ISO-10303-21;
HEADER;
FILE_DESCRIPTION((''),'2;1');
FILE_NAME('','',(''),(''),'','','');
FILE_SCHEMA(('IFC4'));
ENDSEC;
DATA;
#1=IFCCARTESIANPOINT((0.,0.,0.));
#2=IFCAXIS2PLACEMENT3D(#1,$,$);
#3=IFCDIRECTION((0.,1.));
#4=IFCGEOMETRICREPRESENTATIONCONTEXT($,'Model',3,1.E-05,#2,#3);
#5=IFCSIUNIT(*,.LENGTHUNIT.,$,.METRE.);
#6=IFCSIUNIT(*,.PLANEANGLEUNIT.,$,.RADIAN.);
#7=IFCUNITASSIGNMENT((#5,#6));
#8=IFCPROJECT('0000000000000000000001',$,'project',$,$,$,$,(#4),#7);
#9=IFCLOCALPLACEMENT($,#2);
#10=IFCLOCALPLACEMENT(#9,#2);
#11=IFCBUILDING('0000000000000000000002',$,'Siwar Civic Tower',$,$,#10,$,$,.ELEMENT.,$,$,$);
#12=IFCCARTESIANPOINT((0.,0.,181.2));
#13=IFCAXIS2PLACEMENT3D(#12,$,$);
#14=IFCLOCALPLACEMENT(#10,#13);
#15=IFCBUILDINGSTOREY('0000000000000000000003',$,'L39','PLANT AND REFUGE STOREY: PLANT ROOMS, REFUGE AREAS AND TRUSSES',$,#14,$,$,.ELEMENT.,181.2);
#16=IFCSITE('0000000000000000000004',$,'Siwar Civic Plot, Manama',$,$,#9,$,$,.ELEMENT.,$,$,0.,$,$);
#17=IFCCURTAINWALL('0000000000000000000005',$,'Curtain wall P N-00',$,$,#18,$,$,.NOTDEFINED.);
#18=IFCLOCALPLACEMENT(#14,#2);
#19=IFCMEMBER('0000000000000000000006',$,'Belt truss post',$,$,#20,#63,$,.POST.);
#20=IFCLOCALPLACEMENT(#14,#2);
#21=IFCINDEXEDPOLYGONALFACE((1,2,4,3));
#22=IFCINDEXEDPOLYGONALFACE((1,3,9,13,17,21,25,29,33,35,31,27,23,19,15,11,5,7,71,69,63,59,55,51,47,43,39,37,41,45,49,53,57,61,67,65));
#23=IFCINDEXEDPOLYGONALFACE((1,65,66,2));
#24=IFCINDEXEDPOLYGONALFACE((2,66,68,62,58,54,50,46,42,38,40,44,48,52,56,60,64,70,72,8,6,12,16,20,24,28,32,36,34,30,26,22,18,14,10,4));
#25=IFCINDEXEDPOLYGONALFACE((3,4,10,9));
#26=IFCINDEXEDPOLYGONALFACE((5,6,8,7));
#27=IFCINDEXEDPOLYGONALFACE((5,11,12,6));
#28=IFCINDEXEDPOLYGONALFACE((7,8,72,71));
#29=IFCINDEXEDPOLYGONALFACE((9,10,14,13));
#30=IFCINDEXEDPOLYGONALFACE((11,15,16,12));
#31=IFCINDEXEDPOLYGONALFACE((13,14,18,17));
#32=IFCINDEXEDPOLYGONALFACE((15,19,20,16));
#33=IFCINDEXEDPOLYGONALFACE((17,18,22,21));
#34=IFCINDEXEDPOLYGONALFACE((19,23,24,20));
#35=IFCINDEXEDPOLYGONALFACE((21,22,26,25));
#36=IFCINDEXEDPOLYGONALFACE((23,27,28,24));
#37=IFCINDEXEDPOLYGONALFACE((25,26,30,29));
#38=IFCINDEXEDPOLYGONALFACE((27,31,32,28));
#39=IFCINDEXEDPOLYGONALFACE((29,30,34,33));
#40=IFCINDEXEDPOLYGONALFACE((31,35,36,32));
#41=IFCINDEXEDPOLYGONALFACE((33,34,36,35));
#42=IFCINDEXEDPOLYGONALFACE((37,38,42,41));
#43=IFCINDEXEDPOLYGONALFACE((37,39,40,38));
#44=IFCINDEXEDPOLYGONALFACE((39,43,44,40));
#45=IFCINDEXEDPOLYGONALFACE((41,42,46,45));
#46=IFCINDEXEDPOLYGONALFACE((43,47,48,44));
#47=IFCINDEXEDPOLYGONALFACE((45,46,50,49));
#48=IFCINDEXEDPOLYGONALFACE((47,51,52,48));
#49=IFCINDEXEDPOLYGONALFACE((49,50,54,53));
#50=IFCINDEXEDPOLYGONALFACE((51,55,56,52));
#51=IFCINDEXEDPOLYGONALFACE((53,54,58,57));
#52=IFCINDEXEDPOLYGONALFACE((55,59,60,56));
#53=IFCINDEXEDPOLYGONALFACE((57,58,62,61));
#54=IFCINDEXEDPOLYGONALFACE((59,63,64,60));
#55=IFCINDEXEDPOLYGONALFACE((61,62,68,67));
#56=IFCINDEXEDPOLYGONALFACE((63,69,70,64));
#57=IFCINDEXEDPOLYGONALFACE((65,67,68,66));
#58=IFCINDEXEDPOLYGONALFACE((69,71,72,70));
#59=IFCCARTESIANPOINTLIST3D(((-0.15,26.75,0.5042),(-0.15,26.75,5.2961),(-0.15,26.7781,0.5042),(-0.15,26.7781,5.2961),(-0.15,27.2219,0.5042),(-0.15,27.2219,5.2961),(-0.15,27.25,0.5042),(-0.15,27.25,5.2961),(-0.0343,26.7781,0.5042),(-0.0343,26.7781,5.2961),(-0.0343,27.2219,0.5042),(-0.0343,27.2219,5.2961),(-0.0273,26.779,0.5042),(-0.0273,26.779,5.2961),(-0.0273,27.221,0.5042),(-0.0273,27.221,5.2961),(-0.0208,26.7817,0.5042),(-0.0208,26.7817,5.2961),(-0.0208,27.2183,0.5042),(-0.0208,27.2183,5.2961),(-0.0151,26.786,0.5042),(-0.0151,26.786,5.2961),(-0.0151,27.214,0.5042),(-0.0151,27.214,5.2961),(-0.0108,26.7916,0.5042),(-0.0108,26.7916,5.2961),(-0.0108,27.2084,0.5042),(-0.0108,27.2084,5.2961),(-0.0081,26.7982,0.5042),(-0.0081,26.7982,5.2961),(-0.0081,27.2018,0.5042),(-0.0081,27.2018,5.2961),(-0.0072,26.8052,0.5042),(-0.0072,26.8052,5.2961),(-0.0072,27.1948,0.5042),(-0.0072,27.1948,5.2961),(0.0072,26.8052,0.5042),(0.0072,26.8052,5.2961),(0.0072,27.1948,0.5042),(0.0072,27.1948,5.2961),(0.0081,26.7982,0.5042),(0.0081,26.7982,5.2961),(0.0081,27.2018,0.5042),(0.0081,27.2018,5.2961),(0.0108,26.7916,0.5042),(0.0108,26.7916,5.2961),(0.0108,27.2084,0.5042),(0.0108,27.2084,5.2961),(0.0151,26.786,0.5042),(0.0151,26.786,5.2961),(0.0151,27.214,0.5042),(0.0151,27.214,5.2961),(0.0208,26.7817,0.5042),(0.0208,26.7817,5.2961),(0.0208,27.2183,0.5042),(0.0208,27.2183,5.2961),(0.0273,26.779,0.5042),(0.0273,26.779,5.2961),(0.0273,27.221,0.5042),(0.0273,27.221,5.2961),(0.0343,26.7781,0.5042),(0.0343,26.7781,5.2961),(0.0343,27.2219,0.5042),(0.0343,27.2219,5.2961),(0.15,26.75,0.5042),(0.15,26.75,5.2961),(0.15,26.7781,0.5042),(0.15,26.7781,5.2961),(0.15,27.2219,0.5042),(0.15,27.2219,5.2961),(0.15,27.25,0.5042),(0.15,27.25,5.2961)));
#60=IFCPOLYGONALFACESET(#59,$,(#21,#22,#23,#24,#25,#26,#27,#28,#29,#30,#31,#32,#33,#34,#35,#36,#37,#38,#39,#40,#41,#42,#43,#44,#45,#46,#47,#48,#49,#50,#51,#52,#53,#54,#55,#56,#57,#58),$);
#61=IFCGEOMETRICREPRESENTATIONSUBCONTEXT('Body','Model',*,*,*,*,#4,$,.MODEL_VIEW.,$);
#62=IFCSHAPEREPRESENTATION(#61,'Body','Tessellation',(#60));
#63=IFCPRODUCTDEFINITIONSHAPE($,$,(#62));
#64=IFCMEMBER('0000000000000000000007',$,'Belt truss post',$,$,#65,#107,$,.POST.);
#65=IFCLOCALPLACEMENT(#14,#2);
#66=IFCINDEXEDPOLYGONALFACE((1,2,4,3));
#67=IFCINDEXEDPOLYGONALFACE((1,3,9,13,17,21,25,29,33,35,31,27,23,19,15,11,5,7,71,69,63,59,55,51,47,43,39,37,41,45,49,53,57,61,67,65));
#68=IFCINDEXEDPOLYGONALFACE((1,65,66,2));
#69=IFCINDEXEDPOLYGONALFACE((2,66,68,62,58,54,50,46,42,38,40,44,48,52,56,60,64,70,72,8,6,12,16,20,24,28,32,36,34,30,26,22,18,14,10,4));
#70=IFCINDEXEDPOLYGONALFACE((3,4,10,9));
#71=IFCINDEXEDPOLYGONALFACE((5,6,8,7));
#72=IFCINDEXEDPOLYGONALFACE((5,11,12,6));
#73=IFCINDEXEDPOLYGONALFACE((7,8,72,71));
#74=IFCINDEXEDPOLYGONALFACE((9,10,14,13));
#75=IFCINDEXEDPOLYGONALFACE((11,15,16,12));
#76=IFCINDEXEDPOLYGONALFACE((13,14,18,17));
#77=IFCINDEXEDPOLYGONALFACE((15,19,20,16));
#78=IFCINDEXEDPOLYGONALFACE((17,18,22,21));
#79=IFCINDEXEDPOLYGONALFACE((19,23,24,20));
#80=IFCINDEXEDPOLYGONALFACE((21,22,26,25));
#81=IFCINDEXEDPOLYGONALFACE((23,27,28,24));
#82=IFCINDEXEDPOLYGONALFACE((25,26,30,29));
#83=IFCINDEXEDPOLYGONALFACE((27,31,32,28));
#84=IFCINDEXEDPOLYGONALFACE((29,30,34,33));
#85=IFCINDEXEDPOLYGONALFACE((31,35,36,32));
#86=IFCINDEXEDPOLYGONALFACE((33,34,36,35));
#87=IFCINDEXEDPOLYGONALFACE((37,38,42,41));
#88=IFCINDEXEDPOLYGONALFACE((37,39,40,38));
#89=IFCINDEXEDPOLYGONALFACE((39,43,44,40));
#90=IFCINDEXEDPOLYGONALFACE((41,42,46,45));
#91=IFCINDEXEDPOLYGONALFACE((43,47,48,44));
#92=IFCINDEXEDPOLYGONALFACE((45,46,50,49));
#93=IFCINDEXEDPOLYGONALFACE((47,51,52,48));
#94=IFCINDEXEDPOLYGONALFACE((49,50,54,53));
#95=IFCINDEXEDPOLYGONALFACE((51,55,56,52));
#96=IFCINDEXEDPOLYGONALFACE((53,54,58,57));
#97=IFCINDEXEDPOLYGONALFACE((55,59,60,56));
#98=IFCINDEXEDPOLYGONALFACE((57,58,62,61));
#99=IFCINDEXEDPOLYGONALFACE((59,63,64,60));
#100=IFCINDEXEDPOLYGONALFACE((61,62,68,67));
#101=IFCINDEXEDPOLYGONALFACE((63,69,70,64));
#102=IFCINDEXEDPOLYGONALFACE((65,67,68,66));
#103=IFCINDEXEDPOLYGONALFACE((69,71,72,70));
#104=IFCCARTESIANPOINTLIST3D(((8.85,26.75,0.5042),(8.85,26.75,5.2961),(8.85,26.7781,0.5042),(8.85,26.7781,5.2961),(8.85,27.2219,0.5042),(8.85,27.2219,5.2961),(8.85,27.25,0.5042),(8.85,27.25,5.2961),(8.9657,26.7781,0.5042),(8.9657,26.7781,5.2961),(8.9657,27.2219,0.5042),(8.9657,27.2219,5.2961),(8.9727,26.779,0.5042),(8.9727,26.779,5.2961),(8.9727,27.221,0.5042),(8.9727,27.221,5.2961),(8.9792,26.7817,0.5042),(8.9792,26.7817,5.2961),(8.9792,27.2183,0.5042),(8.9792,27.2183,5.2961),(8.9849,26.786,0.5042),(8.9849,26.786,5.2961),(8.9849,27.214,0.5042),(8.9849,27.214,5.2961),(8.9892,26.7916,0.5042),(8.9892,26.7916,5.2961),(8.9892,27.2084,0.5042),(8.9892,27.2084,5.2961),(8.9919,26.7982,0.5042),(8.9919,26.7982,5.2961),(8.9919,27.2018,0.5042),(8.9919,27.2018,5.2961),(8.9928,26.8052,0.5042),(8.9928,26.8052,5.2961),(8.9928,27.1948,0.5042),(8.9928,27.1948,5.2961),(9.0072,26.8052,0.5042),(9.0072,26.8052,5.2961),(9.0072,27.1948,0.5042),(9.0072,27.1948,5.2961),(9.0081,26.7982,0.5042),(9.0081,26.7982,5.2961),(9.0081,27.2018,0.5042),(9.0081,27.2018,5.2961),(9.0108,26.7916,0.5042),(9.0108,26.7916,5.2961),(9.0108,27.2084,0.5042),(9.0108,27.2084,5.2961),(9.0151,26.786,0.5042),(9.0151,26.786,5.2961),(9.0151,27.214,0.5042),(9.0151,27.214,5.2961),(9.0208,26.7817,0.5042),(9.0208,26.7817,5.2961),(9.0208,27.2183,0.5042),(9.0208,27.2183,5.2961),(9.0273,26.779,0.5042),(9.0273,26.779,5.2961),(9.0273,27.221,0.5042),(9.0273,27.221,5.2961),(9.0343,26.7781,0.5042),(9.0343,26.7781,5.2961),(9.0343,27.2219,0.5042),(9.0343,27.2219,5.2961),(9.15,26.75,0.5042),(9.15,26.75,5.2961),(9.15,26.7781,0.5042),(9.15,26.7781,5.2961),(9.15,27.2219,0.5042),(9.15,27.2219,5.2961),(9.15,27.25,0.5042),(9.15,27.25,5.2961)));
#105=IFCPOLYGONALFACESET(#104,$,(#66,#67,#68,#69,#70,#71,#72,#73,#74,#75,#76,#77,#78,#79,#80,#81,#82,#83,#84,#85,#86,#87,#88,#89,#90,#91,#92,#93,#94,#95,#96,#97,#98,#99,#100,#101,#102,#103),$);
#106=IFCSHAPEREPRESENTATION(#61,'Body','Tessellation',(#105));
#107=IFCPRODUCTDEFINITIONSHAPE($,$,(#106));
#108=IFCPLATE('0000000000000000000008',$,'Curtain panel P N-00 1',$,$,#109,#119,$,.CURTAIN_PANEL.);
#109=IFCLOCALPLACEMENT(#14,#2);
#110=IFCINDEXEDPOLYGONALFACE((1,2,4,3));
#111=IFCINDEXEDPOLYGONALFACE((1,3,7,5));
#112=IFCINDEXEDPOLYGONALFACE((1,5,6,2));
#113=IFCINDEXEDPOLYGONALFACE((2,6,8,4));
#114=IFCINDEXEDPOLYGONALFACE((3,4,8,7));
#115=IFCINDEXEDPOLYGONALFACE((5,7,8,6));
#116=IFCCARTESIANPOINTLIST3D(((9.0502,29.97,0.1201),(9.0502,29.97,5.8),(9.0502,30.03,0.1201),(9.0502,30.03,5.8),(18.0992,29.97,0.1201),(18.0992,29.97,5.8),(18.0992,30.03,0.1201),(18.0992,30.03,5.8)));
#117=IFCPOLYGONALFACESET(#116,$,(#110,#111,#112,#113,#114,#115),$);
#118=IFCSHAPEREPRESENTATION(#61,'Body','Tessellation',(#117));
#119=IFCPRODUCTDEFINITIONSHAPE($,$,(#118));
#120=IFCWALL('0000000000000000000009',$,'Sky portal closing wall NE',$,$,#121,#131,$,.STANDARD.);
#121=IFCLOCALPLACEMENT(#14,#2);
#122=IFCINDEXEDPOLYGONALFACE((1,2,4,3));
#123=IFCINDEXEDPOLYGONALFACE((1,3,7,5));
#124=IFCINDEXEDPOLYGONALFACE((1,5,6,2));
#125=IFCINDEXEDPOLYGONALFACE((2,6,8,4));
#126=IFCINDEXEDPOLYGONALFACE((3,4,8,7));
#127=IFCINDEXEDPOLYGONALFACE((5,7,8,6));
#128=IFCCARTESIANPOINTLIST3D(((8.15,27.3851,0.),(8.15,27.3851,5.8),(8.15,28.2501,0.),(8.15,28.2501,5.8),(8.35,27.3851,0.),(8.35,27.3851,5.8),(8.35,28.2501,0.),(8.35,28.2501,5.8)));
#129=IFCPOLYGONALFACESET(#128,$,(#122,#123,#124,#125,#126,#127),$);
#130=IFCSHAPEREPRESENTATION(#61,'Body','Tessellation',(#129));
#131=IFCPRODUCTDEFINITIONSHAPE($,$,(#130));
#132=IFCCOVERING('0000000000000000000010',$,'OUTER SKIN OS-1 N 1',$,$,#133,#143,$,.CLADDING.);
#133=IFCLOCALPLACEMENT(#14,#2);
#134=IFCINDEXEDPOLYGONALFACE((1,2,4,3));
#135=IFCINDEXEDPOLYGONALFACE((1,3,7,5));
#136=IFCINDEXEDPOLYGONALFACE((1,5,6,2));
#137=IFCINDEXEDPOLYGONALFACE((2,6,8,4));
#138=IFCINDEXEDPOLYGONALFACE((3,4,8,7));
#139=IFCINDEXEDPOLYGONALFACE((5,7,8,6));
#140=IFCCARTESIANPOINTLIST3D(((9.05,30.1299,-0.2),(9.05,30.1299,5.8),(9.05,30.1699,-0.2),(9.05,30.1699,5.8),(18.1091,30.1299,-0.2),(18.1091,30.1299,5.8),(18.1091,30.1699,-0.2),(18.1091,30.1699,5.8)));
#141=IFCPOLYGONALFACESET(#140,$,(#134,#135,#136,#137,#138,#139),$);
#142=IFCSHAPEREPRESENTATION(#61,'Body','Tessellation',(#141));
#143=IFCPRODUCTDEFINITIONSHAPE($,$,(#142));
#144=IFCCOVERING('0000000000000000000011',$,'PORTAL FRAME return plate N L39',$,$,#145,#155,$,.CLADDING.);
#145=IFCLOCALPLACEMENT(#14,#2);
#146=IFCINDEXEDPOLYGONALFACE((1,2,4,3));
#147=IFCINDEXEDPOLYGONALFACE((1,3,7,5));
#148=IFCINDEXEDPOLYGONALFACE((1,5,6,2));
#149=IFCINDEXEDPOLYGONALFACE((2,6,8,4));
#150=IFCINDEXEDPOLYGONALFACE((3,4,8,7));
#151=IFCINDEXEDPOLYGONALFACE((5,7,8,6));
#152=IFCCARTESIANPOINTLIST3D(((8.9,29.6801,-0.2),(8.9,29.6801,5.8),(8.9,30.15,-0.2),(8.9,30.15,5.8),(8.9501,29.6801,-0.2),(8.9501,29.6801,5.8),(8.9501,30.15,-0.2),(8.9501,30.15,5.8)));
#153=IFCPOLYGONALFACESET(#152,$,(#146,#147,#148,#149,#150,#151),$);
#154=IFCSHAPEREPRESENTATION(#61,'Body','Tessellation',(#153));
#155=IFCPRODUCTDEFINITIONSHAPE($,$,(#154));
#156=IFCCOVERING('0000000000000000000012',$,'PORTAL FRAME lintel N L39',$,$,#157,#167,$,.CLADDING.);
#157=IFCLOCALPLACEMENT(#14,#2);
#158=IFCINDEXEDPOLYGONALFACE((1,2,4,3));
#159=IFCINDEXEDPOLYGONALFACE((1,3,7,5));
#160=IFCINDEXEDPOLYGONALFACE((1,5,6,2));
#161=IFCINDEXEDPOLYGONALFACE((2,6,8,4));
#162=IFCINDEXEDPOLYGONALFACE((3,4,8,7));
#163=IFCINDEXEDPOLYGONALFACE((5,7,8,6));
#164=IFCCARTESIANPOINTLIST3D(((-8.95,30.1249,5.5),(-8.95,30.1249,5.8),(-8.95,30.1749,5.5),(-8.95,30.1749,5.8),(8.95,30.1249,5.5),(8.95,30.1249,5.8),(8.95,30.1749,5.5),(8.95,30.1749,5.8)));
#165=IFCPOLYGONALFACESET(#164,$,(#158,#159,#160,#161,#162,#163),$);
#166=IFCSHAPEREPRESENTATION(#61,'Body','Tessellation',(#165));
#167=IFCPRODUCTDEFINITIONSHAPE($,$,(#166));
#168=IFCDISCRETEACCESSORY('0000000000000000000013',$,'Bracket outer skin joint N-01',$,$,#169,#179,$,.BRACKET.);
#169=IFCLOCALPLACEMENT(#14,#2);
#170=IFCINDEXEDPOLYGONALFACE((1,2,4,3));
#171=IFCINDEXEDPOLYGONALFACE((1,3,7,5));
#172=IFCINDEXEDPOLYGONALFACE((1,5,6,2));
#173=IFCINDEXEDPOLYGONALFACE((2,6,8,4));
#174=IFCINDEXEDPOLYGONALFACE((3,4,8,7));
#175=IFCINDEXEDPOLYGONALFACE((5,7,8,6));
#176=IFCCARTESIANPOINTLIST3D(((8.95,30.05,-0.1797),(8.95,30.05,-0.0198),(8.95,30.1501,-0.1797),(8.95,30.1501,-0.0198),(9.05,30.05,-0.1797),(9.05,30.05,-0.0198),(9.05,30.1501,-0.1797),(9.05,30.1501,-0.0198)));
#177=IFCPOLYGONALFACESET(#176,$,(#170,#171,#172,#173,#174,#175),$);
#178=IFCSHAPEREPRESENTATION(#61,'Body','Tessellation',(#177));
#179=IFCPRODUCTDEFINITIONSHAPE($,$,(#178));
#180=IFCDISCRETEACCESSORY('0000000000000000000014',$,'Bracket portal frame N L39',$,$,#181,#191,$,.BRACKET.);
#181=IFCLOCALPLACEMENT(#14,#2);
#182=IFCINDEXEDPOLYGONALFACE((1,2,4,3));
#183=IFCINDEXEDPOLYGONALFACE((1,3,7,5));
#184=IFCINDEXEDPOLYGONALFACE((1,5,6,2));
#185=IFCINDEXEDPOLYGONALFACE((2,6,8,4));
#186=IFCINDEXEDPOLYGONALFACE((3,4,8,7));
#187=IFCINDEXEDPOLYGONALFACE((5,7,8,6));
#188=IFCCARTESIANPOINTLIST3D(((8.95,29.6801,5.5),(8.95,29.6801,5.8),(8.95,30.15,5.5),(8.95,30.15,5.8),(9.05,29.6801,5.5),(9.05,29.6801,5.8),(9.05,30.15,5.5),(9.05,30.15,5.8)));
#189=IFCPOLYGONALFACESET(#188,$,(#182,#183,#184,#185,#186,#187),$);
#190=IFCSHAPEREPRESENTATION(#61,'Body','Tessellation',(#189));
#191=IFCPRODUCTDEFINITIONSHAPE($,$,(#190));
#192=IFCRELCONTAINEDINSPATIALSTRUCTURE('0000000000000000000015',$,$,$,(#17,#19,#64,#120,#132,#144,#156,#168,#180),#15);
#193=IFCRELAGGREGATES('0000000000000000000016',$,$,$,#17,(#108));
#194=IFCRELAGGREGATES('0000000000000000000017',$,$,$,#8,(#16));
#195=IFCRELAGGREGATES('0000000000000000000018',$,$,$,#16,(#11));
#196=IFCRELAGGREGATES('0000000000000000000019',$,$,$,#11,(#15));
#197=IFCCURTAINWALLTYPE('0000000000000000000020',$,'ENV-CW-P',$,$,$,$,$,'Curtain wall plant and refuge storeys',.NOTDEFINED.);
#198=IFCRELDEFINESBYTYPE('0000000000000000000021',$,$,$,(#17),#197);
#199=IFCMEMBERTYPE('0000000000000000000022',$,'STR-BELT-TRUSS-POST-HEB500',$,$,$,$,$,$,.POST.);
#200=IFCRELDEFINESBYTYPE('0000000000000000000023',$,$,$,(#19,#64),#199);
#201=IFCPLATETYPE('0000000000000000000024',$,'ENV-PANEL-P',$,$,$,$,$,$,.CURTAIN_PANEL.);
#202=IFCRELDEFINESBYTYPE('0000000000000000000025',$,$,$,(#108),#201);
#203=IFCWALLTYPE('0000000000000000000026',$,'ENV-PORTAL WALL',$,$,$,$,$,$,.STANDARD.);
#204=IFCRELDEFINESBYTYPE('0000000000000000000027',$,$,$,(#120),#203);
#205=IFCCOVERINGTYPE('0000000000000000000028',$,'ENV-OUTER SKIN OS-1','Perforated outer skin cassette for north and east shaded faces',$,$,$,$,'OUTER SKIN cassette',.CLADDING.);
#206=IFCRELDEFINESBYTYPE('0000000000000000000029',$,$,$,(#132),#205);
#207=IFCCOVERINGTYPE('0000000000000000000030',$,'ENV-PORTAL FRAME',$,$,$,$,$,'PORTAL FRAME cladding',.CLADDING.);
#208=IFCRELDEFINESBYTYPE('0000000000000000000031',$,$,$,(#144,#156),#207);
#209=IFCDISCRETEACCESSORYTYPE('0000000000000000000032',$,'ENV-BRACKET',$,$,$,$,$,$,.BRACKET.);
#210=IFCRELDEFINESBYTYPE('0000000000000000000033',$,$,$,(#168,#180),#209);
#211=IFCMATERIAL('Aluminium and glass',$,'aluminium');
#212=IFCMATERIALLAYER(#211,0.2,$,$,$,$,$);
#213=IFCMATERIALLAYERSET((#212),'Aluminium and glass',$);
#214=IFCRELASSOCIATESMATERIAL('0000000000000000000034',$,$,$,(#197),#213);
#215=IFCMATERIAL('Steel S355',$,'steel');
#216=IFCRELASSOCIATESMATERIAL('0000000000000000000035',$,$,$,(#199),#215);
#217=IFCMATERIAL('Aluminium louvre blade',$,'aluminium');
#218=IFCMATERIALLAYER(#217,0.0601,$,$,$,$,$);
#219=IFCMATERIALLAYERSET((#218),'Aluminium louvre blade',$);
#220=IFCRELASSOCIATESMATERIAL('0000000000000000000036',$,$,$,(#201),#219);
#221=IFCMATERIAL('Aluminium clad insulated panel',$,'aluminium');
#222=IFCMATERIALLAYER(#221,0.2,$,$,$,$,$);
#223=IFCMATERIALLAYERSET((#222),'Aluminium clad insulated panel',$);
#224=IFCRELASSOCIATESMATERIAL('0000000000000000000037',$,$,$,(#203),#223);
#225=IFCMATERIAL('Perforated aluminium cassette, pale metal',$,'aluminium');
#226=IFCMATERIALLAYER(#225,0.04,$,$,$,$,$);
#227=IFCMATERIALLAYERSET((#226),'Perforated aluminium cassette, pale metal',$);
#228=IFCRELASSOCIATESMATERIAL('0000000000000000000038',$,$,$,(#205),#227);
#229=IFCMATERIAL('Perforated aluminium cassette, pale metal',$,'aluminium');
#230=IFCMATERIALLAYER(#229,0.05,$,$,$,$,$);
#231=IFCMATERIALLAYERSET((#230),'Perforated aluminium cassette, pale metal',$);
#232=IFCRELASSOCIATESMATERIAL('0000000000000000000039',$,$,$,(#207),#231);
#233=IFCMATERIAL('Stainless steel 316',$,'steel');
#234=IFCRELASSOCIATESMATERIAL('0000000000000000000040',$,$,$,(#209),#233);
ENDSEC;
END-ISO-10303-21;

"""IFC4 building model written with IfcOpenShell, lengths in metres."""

from ifc_helpers import new_model, si_unit, direction, frame, frame_2d, origin, origin_2d, place, context, subcontext, project, spatial, rectangle, i_section, extrude, material, layer, layer_set, material_profile, profile_set, type_object, element, aggregate, save


model = new_model("IFC4")

# Units and contexts
model_context = context("Model", 3, precision=1e-05, world=origin(), true_north=direction((0.0, 1.0)))
body_context = subcontext(model_context, "Body", "Model", "MODEL_VIEW")
ifc_project = project(units=[si_unit("LENGTHUNIT", "METRE"), si_unit("PLANEANGLEUNIT", "RADIAN")], contexts=[model_context])

# Site, building, storey
site_placement = place(None, origin())
site = spatial("IfcSite", under=ifc_project, at=site_placement, Name="Siwar Civic Plot, Manama", CompositionType="ELEMENT", RefElevation=0.0)
building_placement = place(site_placement, origin())
building = spatial("IfcBuilding", under=site, at=building_placement, Name="Siwar Civic Tower", CompositionType="ELEMENT")
storey_placement = place(building_placement, frame((0.0, 0.0, 181.2)))
storey = spatial("IfcBuildingStorey", under=building, at=storey_placement, Name="L39", Description="PLANT AND REFUGE STOREY: PLANT ROOMS, REFUGE AREAS AND TRUSSES", CompositionType="ELEMENT", Elevation=181.2)

# Curtain wall
ifc_material_1 = material(Name="Aluminium and glass", Category="aluminium")
ifc_layer_1 = layer(ifc_material_1, 0.2)
ifc_layer_set_1 = layer_set([ifc_layer_1], Name="Aluminium and glass")
curtain_wall_type = type_object("IfcCurtainWallType", Name="ENV-CW-P", ElementType="Curtain wall plant and refuge storeys", PredefinedType="NOTDEFINED", material=ifc_layer_set_1)
curtain_wall_placement = place(storey_placement, origin())
curtain_wall = element("IfcCurtainWall", 1, at=curtain_wall_placement, inside=storey, type_object=curtain_wall_type, Name="Curtain wall P N-00", PredefinedType="NOTDEFINED")

# Members
ifc_material_2 = material(Name="Steel S355", Category="steel")
ifc_material_profile_1 = material_profile(ifc_material_2, i_section(OverallWidth=0.3, OverallDepth=0.5, WebThickness=0.0144, FlangeThickness=0.0281, FilletRadius=0.0271, at=origin_2d()), Name="HEB500")
ifc_profile_set_1 = profile_set([ifc_material_profile_1], Name="Steel S355")
member_type_1 = type_object("IfcMemberType", Name="STR-BELT-TRUSS-POST-HEB500", PredefinedType="POST", material=ifc_profile_set_1)
for number, where, z_axis, x_axis, name in (
    (2, (0.0, 27.0, 0.5042), (0.0, 0.0, 1.0), (1.0, 0.0, 0.0), "Belt truss post"),
    (3, (9.0, 27.0, 0.5042), (0.0, 0.0, 1.0), (1.0, 0.0, 0.0), "Belt truss post"),
):
    element("IfcMember", number, at=place(storey_placement, frame(where, z_axis=z_axis, x_axis=x_axis)), inside=storey, type_object=member_type_1, Name=name, PredefinedType="POST", context=body_context, shape_type="SweptSolid", body=[
        extrude(i_section(OverallWidth=0.3, OverallDepth=0.5, WebThickness=0.0144, FlangeThickness=0.0281, FilletRadius=0.0271, at=origin_2d()), origin(), (0.0, 0.0, 1.0), 4.792),
    ])

# Plate
ifc_material_3 = material(Name="Aluminium louvre blade", Category="aluminium")
ifc_layer_2 = layer(ifc_material_3, 0.0601)
ifc_layer_set_2 = layer_set([ifc_layer_2], Name="Aluminium louvre blade")
plate_type = type_object("IfcPlateType", Name="ENV-PANEL-P", PredefinedType="CURTAIN_PANEL", material=ifc_layer_set_2)
plate_placement = place(storey_placement, frame((13.5747, 30.0, 0.1201), z_axis=(0.0, 0.0, 1.0), x_axis=(-1.0, 0.0, 0.0)))
plate = element("IfcPlate", 4, at=plate_placement, type_object=plate_type, Name="Curtain panel P N-00 1", PredefinedType="CURTAIN_PANEL", context=body_context, shape_type="SweptSolid", body=[
    extrude(rectangle(XDim=9.0491, YDim=0.0601, at=origin_2d()), origin(), (0.0, 0.0, 1.0), 5.6799),
])
aggregate(curtain_wall, [plate])

# Wall
ifc_material_4 = material(Name="Aluminium clad insulated panel", Category="aluminium")
ifc_layer_3 = layer(ifc_material_4, 0.2)
ifc_layer_set_3 = layer_set([ifc_layer_3], Name="Aluminium clad insulated panel")
wall_type = type_object("IfcWallType", Name="ENV-PORTAL WALL", PredefinedType="STANDARD", material=ifc_layer_set_3)
wall_placement = place(storey_placement, frame((8.25, 27.385, 0.0), z_axis=(0.0, 0.0, 1.0), x_axis=(0.0, 1.0, 0.0)))
element("IfcWall", 5, at=wall_placement, inside=storey, type_object=wall_type, Name="Sky portal closing wall NE", PredefinedType="STANDARD", context=body_context, shape_type="SweptSolid", body=[
    extrude(rectangle(XDim=0.865, YDim=0.2, at=frame_2d((0.4326, 0.0))), origin(), (0.0, 0.0, 1.0), 5.8),
])

# Coverings
ifc_material_5 = material(Name="Perforated aluminium cassette, pale metal", Category="aluminium")
ifc_layer_4 = layer(ifc_material_5, 0.04)
ifc_layer_set_4 = layer_set([ifc_layer_4], Name="Perforated aluminium cassette, pale metal")
covering_type_1 = type_object("IfcCoveringType", Name="ENV-OUTER SKIN OS-1", Description="Perforated outer skin cassette for north and east shaded faces", ElementType="OUTER SKIN cassette", PredefinedType="CLADDING", material=ifc_layer_set_4)
covering_1_placement = place(storey_placement, frame((13.5796, 30.1499, -0.2), z_axis=(0.0, 0.0, 1.0), x_axis=(-1.0, 0.0, 0.0)))
element("IfcCovering", 6, at=covering_1_placement, inside=storey, type_object=covering_type_1, Name="OUTER SKIN OS-1 N 1", PredefinedType="CLADDING", context=body_context, shape_type="SweptSolid", body=[
    extrude(rectangle(XDim=9.0591, YDim=0.04, at=origin_2d()), origin(), (0.0, 0.0, 1.0), 6.0),
])
ifc_material_6 = material(Name="Perforated aluminium cassette, pale metal", Category="aluminium")
ifc_layer_5 = layer(ifc_material_6, 0.05)
ifc_layer_set_5 = layer_set([ifc_layer_5], Name="Perforated aluminium cassette, pale metal")
covering_type_2 = type_object("IfcCoveringType", Name="ENV-PORTAL FRAME", ElementType="PORTAL FRAME cladding", PredefinedType="CLADDING", material=ifc_layer_set_5)
covering_2_placement = place(storey_placement, frame((8.925, 29.915, -0.2), z_axis=(0.0, 0.0, 1.0), x_axis=(1.0, 0.0, 0.0)))
element("IfcCovering", 7, at=covering_2_placement, inside=storey, type_object=covering_type_2, Name="PORTAL FRAME return plate N L39", PredefinedType="CLADDING", context=body_context, shape_type="SweptSolid", body=[
    extrude(rectangle(XDim=0.05, YDim=0.47, at=origin_2d()), origin(), (0.0, 0.0, 1.0), 6.0),
])
covering_3_placement = place(storey_placement, frame((0.0, 30.1499, 5.5), z_axis=(0.0, 0.0, 1.0), x_axis=(1.0, 0.0, 0.0)))
element("IfcCovering", 8, at=covering_3_placement, inside=storey, type_object=covering_type_2, Name="PORTAL FRAME lintel N L39", PredefinedType="CLADDING", context=body_context, shape_type="SweptSolid", body=[
    extrude(rectangle(XDim=17.8999, YDim=0.05, at=origin_2d()), origin(), (0.0, 0.0, 1.0), 0.3),
])

# Discrete accessories
ifc_material_7 = material(Name="Stainless steel 316", Category="steel")
discrete_accessory_type_1 = type_object("IfcDiscreteAccessoryType", Name="ENV-BRACKET", PredefinedType="BRACKET", material=ifc_material_7)
discrete_accessory_1_placement = place(storey_placement, frame((9.0, 30.1001, -0.1797), z_axis=(0.0, 0.0, 1.0), x_axis=(0.0, 1.0, 0.0)))
element("IfcDiscreteAccessory", 9, at=discrete_accessory_1_placement, inside=storey, type_object=discrete_accessory_type_1, Name="Bracket outer skin joint N-01", PredefinedType="BRACKET", context=body_context, shape_type="SweptSolid", body=[
    extrude(rectangle(XDim=0.1001, YDim=0.1001, at=origin_2d()), origin(), (0.0, 0.0, 1.0), 0.1599),
])
discrete_accessory_2_placement = place(storey_placement, frame((9.0, 29.915, 5.5), z_axis=(0.0, 0.0, 1.0), x_axis=(0.0, 1.0, 0.0)))
element("IfcDiscreteAccessory", 10, at=discrete_accessory_2_placement, inside=storey, type_object=discrete_accessory_type_1, Name="Bracket portal frame N L39", PredefinedType="BRACKET", context=body_context, shape_type="SweptSolid", body=[
    extrude(rectangle(XDim=0.47, YDim=0.1001, at=origin_2d()), origin(), (0.0, 0.0, 1.0), 0.3),
])

save(model, "model.ifc")
